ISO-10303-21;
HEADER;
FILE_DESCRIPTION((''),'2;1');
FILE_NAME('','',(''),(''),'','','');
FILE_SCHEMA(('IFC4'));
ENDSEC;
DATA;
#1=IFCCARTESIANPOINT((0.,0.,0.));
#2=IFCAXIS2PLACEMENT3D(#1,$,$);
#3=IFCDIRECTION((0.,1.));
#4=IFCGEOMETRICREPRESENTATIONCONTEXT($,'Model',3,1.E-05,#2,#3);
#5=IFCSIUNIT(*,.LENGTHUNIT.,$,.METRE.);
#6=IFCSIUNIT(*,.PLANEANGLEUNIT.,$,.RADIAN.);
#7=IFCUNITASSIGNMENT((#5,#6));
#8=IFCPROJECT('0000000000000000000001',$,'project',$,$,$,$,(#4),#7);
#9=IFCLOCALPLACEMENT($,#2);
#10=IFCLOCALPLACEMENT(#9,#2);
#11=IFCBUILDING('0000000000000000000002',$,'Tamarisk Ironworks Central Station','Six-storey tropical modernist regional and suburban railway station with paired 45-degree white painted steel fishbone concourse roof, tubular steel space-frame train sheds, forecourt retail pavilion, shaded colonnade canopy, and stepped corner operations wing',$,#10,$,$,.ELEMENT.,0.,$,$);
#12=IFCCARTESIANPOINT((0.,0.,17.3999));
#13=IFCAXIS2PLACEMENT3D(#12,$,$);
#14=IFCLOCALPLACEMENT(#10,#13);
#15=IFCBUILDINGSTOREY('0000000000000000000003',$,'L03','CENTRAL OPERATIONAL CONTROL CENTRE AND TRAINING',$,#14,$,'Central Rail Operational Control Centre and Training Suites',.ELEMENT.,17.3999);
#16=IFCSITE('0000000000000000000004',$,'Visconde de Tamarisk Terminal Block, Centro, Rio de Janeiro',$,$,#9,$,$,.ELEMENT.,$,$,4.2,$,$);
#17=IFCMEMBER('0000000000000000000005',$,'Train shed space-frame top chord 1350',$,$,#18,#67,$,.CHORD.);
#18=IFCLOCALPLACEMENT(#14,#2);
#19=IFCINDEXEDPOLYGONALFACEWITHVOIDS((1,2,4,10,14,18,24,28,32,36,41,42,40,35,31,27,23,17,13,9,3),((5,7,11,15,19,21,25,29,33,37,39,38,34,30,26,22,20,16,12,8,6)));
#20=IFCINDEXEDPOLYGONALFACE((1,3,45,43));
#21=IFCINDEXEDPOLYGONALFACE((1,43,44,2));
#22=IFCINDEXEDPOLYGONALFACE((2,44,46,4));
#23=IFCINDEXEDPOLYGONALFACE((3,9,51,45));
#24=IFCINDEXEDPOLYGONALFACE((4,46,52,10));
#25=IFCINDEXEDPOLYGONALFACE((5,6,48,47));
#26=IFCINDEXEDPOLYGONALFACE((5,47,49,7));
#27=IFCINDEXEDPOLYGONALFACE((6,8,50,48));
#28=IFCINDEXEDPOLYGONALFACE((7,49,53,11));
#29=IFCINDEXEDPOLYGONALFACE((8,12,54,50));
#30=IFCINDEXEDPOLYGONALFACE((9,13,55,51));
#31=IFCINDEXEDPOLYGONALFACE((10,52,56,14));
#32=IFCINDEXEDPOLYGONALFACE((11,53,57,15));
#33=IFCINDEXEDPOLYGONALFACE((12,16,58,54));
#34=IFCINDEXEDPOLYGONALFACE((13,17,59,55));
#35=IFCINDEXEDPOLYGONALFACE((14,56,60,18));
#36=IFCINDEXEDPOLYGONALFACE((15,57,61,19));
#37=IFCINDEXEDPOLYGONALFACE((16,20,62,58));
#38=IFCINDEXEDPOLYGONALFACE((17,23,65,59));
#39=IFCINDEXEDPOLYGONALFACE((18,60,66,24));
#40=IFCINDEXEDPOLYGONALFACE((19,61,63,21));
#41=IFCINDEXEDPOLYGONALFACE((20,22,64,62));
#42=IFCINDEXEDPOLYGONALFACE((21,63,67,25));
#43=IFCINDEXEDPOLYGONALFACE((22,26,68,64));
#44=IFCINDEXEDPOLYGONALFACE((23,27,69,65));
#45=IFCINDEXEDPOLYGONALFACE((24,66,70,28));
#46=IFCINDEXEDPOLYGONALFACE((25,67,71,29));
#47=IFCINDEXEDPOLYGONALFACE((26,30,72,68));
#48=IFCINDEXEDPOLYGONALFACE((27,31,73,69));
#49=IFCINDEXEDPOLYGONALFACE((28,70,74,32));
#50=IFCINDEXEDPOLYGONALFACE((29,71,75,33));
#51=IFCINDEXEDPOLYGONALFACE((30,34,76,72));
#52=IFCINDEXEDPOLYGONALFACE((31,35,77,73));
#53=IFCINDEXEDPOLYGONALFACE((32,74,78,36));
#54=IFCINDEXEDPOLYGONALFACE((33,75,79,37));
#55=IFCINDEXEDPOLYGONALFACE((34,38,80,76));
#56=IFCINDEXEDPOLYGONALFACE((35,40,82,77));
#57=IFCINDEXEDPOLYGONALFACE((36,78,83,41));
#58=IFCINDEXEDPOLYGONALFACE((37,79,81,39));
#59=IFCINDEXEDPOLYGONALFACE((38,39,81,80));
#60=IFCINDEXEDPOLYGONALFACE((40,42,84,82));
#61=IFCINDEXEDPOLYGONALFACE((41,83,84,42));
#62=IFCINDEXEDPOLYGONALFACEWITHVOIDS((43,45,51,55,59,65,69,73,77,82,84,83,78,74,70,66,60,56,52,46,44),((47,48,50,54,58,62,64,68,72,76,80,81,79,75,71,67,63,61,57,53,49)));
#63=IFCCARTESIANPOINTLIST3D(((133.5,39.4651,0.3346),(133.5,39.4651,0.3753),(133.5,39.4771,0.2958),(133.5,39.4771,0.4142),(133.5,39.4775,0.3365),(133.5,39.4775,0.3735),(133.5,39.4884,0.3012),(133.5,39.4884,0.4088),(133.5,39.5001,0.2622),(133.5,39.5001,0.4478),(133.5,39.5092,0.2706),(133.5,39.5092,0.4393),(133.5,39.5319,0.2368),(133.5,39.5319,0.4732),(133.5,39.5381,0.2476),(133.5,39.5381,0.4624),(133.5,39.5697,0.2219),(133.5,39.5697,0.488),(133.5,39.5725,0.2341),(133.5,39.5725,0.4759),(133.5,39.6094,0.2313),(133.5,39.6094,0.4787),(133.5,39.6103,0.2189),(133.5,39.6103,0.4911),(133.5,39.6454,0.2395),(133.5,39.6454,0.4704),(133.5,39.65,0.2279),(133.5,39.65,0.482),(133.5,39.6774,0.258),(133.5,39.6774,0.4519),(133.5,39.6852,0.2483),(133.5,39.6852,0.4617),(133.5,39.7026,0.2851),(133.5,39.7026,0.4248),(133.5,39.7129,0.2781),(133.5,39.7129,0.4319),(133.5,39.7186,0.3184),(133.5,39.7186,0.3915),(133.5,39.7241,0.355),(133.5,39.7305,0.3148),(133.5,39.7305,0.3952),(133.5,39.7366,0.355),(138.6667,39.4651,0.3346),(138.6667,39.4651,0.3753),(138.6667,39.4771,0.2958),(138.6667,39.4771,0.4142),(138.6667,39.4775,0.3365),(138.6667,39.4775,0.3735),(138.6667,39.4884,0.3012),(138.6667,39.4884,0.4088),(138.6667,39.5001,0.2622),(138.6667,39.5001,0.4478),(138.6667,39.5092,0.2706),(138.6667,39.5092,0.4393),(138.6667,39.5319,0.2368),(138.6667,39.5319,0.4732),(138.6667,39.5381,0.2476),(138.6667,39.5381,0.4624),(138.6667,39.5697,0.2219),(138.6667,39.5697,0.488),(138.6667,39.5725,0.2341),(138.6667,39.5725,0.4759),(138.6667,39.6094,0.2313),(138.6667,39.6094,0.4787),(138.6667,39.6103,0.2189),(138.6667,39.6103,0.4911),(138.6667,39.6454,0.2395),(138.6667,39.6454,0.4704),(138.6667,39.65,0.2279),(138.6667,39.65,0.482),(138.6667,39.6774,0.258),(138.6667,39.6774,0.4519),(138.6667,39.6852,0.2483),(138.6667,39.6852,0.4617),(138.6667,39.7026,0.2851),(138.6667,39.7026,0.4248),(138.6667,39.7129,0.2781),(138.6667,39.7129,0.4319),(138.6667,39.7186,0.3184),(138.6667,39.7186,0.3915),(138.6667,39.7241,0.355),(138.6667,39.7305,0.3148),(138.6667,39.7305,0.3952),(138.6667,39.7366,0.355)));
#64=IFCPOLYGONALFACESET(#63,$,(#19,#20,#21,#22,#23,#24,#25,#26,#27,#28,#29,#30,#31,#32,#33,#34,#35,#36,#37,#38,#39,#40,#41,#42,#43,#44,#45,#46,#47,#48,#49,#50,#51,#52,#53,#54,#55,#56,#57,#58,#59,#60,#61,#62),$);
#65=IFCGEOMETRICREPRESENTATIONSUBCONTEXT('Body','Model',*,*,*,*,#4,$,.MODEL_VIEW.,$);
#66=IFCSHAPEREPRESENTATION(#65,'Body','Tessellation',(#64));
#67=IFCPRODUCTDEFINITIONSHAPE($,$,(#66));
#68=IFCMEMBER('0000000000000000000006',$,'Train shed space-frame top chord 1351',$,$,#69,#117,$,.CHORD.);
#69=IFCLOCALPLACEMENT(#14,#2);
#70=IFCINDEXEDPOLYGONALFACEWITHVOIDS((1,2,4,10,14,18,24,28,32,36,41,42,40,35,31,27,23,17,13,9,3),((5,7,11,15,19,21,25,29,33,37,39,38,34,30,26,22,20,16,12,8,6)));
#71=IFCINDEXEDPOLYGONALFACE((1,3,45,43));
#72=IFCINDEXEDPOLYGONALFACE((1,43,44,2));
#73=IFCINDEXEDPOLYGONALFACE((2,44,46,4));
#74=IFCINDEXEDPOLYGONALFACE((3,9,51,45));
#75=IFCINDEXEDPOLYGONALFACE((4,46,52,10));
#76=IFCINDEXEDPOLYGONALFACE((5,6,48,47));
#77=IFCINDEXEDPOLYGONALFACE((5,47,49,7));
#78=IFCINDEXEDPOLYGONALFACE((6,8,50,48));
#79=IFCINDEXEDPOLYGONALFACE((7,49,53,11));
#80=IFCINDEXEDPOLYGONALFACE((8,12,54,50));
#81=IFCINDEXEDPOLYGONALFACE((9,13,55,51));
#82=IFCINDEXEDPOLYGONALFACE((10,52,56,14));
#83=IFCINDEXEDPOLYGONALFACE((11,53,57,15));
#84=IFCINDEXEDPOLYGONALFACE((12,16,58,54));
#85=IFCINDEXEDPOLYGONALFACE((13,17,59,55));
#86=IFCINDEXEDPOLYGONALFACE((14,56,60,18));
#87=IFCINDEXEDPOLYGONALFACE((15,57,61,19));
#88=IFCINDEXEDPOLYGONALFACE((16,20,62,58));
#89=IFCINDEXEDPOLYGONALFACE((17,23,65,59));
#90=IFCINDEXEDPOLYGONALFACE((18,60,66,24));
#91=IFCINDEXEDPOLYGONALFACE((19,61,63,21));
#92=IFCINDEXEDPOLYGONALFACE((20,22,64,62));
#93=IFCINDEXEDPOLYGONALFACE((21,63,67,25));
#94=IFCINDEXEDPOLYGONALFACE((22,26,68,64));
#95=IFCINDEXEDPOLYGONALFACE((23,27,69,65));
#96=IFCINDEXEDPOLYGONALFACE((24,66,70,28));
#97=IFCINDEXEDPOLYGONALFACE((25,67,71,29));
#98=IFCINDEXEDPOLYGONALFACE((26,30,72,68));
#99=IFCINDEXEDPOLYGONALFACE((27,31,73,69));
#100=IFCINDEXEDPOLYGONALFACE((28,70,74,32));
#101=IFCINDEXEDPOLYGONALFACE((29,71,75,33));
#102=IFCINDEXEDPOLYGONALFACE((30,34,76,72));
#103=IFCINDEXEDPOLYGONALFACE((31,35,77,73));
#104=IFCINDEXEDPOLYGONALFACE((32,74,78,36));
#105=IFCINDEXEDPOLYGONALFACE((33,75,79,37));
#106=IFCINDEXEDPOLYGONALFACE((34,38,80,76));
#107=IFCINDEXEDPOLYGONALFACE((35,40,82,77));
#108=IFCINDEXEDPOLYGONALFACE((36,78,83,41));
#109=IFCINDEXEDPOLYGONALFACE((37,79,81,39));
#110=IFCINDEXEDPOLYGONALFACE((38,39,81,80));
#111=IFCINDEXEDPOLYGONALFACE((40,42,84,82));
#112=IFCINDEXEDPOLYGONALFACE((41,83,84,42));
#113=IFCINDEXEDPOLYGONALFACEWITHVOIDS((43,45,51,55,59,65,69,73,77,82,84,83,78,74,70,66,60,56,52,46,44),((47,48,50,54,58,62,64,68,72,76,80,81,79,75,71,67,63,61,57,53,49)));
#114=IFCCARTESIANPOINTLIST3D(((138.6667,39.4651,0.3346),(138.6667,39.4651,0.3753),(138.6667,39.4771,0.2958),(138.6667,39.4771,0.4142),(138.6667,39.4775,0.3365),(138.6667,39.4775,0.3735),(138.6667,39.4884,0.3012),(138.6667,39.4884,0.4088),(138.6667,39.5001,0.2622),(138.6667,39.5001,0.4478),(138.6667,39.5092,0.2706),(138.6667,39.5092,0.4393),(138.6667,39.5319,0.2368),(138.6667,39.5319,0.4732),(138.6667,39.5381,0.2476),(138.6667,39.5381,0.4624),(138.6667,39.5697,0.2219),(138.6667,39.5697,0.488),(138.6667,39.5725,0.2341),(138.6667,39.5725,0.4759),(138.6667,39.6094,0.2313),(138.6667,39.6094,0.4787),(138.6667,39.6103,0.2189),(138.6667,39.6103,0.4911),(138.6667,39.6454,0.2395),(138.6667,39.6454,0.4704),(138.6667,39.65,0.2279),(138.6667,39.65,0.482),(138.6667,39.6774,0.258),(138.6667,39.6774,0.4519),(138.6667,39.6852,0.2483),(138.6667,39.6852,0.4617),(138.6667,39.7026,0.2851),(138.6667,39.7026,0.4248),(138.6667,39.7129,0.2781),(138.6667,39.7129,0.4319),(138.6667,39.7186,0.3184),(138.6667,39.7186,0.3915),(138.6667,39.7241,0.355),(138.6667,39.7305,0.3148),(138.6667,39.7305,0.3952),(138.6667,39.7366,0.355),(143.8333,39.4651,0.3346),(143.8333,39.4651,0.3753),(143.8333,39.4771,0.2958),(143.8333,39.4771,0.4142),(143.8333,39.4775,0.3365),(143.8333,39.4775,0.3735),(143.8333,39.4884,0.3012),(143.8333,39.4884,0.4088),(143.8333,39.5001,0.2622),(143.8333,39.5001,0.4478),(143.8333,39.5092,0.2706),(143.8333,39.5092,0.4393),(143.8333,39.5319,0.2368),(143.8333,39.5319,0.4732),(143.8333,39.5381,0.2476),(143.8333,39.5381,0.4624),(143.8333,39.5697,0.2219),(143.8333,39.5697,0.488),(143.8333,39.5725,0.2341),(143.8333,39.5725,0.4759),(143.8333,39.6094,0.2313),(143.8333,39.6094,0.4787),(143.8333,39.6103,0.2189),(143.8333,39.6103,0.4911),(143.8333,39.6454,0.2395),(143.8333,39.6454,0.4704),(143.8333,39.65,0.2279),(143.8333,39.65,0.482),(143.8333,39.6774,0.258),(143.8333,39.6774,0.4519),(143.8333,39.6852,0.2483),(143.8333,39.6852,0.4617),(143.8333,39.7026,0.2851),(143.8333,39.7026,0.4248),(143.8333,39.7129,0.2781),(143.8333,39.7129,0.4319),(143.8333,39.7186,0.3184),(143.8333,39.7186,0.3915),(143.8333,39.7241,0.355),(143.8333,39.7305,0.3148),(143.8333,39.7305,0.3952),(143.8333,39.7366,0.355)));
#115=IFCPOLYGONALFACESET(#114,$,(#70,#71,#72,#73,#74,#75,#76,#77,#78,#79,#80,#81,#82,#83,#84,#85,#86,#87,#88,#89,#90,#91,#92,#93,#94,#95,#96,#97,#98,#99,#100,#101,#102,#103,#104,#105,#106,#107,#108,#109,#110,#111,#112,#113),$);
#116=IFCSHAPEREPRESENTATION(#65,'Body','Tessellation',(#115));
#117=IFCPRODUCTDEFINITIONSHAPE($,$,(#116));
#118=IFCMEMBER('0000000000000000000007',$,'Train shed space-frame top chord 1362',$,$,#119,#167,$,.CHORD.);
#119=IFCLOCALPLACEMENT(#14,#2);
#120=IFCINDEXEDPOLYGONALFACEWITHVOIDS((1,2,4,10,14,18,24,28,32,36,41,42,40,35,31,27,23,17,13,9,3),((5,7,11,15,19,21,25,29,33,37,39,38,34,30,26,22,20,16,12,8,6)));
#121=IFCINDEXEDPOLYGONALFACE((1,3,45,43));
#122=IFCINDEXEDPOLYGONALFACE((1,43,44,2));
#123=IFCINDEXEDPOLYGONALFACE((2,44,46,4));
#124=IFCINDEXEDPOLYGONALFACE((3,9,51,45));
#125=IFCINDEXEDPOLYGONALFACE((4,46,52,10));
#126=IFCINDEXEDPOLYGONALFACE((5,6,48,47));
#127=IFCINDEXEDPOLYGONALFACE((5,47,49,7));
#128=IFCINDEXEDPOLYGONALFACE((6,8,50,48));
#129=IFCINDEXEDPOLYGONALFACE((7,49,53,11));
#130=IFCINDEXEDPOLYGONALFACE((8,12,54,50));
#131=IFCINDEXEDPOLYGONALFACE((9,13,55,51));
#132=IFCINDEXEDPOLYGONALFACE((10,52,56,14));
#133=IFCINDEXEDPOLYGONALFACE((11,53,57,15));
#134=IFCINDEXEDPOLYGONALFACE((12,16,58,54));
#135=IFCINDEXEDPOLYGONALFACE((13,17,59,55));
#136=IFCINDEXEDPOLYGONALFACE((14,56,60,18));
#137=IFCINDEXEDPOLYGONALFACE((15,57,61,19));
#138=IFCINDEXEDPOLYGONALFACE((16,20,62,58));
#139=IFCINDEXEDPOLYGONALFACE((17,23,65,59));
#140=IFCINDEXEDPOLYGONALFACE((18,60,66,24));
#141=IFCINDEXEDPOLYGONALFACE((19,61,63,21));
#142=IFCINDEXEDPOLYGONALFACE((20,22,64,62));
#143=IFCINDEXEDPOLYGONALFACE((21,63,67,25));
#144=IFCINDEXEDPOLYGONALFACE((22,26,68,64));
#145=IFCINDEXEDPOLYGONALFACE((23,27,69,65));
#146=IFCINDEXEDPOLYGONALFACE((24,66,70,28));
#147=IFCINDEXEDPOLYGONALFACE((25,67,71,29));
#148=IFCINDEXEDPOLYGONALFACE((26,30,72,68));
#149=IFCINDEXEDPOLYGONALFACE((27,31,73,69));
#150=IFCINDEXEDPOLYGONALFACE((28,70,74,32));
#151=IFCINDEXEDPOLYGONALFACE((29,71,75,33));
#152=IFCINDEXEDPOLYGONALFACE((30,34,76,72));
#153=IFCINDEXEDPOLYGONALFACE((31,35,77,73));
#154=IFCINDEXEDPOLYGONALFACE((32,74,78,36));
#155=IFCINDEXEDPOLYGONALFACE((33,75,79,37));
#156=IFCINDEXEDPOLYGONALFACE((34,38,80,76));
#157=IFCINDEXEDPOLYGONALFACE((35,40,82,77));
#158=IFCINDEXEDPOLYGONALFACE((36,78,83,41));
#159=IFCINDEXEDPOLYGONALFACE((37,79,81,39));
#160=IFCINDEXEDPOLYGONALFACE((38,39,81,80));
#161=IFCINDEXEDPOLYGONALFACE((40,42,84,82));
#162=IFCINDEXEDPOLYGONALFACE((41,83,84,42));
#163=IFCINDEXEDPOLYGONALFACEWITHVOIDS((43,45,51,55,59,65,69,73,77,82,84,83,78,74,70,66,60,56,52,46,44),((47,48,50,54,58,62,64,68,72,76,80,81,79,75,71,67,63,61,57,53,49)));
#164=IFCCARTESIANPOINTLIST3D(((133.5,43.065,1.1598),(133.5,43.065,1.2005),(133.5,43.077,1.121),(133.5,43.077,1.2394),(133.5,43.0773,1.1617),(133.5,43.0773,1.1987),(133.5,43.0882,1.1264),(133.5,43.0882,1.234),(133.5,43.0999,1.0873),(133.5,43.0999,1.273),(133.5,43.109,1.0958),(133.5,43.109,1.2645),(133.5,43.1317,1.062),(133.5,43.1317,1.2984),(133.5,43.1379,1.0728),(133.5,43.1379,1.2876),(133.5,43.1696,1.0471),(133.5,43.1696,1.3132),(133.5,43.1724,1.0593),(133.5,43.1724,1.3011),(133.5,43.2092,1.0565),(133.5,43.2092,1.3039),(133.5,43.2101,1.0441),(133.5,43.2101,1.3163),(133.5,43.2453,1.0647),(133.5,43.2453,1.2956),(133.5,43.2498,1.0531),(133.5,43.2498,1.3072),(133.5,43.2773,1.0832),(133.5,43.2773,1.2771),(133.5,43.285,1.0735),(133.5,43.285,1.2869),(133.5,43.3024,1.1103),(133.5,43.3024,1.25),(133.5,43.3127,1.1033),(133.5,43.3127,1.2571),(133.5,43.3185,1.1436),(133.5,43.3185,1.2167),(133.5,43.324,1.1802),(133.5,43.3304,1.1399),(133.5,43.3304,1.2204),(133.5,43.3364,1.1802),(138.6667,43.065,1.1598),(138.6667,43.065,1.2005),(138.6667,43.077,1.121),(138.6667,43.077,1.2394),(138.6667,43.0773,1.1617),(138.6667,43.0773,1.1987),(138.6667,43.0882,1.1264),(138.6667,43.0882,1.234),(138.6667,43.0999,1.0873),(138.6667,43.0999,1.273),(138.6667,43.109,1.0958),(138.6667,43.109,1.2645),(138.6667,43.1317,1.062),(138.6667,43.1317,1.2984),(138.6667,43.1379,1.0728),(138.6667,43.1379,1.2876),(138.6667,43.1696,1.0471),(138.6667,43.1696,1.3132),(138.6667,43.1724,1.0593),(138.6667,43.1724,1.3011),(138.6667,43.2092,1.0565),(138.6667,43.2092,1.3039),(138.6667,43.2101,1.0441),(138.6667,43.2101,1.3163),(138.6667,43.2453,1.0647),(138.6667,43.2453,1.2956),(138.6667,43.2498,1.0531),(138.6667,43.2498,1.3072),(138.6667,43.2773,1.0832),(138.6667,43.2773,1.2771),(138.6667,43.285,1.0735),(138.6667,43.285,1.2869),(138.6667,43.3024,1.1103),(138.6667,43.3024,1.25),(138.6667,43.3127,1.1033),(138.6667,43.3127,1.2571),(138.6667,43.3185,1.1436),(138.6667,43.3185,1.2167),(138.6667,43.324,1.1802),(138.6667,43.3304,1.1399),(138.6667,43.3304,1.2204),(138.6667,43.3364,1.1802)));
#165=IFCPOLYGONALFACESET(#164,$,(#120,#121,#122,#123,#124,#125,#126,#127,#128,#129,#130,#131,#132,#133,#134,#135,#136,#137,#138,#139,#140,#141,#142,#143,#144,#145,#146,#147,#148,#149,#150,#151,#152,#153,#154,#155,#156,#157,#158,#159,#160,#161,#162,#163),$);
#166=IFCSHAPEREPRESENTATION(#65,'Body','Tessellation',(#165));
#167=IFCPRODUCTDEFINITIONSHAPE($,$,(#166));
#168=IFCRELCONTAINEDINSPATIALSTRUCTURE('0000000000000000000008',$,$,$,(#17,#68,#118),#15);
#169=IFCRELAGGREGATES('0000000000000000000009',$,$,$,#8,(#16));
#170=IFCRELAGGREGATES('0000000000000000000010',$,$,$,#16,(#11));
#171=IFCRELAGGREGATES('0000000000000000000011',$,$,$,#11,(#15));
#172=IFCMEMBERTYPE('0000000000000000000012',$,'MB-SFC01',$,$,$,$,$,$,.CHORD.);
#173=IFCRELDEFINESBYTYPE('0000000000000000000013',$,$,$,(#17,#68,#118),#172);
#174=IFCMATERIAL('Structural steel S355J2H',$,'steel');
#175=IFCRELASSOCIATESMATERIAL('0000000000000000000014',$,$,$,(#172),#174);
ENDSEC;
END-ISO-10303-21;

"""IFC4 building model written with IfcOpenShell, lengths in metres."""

from ifc_helpers import new_model, si_unit, direction, frame, origin, origin_2d, place, context, subcontext, project, spatial, hollow_circle, extrude, material, material_profile, profile_set, type_object, element, save


model = new_model("IFC4")

# Units and contexts
model_context = context("Model", 3, precision=1e-05, world=origin(), true_north=direction((0.0, 1.0)))
body_context = subcontext(model_context, "Body", "Model", "MODEL_VIEW")
ifc_project = project(units=[si_unit("LENGTHUNIT", "METRE"), si_unit("PLANEANGLEUNIT", "RADIAN")], contexts=[model_context])

# Site, building, storey
site_placement = place(None, origin())
site = spatial("IfcSite", under=ifc_project, at=site_placement, Name="Visconde de Tamarisk Terminal Block, Centro, Rio de Janeiro", CompositionType="ELEMENT", RefElevation=4.2)
building_placement = place(site_placement, origin())
building = spatial("IfcBuilding", under=site, at=building_placement, Name="Tamarisk Ironworks Central Station", Description="Six-storey tropical modernist regional and suburban railway station with paired 45-degree white painted steel fishbone concourse roof, tubular steel space-frame train sheds, forecourt retail pavilion, shaded colonnade canopy, and stepped corner operations wing", CompositionType="ELEMENT", ElevationOfRefHeight=0.0)
storey_placement = place(building_placement, frame((0.0, 0.0, 17.3999)))
storey = spatial("IfcBuildingStorey", under=building, at=storey_placement, Name="L03", Description="CENTRAL OPERATIONAL CONTROL CENTRE AND TRAINING", LongName="Central Rail Operational Control Centre and Training Suites", CompositionType="ELEMENT", Elevation=17.3999)

# Members
ifc_material = material(Name="Structural steel S355J2H", Category="steel")
ifc_material_profile_1 = material_profile(ifc_material, hollow_circle(Radius=0.1365, WallThickness=0.0125, at=origin_2d()), Name="CHS 273x12.5")
ifc_profile_set_1 = profile_set([ifc_material_profile_1], Name="Structural steel S355J2H")
member_type_1 = type_object("IfcMemberType", Name="MB-SFC01", PredefinedType="CHORD", material=ifc_profile_set_1)
member_1_placement = place(storey_placement, frame((133.5, 39.6001, 0.355), z_axis=(1.0, 0.0, 0.0), x_axis=(0.0, 1.0, 0.0)))
element("IfcMember", 1, at=member_1_placement, inside=storey, type_object=member_type_1, Name="Train shed space-frame top chord 1350", PredefinedType="CHORD", context=body_context, shape_type="SweptSolid", body=[
    extrude(hollow_circle(Radius=0.1365, WallThickness=0.0125, at=origin_2d()), origin(), (0.0, 0.0, 1.0), 5.1667),
])
member_2_placement = place(storey_placement, frame((138.6667, 39.6001, 0.355), z_axis=(1.0, 0.0, 0.0), x_axis=(0.0, 1.0, 0.0)))
element("IfcMember", 2, at=member_2_placement, inside=storey, type_object=member_type_1, Name="Train shed space-frame top chord 1351", PredefinedType="CHORD", context=body_context, shape_type="SweptSolid", body=[
    extrude(hollow_circle(Radius=0.1365, WallThickness=0.0125, at=origin_2d()), origin(), (0.0, 0.0, 1.0), 5.1665),
])
for number, where, z_axis, x_axis, name in (
    (3, (133.5, 43.2, 1.1802), (1.0, 0.0, 0.0), (0.0, 1.0, 0.0), "Train shed space-frame top chord 1362"),
):
    element("IfcMember", number, at=place(storey_placement, frame(where, z_axis=z_axis, x_axis=x_axis)), inside=storey, type_object=member_type_1, Name=name, PredefinedType="CHORD", context=body_context, shape_type="SweptSolid", body=[
        extrude(hollow_circle(Radius=0.1365, WallThickness=0.0125, at=origin_2d()), origin(), (0.0, 0.0, 1.0), 5.1667),
    ])

save(model, "model.ifc")
